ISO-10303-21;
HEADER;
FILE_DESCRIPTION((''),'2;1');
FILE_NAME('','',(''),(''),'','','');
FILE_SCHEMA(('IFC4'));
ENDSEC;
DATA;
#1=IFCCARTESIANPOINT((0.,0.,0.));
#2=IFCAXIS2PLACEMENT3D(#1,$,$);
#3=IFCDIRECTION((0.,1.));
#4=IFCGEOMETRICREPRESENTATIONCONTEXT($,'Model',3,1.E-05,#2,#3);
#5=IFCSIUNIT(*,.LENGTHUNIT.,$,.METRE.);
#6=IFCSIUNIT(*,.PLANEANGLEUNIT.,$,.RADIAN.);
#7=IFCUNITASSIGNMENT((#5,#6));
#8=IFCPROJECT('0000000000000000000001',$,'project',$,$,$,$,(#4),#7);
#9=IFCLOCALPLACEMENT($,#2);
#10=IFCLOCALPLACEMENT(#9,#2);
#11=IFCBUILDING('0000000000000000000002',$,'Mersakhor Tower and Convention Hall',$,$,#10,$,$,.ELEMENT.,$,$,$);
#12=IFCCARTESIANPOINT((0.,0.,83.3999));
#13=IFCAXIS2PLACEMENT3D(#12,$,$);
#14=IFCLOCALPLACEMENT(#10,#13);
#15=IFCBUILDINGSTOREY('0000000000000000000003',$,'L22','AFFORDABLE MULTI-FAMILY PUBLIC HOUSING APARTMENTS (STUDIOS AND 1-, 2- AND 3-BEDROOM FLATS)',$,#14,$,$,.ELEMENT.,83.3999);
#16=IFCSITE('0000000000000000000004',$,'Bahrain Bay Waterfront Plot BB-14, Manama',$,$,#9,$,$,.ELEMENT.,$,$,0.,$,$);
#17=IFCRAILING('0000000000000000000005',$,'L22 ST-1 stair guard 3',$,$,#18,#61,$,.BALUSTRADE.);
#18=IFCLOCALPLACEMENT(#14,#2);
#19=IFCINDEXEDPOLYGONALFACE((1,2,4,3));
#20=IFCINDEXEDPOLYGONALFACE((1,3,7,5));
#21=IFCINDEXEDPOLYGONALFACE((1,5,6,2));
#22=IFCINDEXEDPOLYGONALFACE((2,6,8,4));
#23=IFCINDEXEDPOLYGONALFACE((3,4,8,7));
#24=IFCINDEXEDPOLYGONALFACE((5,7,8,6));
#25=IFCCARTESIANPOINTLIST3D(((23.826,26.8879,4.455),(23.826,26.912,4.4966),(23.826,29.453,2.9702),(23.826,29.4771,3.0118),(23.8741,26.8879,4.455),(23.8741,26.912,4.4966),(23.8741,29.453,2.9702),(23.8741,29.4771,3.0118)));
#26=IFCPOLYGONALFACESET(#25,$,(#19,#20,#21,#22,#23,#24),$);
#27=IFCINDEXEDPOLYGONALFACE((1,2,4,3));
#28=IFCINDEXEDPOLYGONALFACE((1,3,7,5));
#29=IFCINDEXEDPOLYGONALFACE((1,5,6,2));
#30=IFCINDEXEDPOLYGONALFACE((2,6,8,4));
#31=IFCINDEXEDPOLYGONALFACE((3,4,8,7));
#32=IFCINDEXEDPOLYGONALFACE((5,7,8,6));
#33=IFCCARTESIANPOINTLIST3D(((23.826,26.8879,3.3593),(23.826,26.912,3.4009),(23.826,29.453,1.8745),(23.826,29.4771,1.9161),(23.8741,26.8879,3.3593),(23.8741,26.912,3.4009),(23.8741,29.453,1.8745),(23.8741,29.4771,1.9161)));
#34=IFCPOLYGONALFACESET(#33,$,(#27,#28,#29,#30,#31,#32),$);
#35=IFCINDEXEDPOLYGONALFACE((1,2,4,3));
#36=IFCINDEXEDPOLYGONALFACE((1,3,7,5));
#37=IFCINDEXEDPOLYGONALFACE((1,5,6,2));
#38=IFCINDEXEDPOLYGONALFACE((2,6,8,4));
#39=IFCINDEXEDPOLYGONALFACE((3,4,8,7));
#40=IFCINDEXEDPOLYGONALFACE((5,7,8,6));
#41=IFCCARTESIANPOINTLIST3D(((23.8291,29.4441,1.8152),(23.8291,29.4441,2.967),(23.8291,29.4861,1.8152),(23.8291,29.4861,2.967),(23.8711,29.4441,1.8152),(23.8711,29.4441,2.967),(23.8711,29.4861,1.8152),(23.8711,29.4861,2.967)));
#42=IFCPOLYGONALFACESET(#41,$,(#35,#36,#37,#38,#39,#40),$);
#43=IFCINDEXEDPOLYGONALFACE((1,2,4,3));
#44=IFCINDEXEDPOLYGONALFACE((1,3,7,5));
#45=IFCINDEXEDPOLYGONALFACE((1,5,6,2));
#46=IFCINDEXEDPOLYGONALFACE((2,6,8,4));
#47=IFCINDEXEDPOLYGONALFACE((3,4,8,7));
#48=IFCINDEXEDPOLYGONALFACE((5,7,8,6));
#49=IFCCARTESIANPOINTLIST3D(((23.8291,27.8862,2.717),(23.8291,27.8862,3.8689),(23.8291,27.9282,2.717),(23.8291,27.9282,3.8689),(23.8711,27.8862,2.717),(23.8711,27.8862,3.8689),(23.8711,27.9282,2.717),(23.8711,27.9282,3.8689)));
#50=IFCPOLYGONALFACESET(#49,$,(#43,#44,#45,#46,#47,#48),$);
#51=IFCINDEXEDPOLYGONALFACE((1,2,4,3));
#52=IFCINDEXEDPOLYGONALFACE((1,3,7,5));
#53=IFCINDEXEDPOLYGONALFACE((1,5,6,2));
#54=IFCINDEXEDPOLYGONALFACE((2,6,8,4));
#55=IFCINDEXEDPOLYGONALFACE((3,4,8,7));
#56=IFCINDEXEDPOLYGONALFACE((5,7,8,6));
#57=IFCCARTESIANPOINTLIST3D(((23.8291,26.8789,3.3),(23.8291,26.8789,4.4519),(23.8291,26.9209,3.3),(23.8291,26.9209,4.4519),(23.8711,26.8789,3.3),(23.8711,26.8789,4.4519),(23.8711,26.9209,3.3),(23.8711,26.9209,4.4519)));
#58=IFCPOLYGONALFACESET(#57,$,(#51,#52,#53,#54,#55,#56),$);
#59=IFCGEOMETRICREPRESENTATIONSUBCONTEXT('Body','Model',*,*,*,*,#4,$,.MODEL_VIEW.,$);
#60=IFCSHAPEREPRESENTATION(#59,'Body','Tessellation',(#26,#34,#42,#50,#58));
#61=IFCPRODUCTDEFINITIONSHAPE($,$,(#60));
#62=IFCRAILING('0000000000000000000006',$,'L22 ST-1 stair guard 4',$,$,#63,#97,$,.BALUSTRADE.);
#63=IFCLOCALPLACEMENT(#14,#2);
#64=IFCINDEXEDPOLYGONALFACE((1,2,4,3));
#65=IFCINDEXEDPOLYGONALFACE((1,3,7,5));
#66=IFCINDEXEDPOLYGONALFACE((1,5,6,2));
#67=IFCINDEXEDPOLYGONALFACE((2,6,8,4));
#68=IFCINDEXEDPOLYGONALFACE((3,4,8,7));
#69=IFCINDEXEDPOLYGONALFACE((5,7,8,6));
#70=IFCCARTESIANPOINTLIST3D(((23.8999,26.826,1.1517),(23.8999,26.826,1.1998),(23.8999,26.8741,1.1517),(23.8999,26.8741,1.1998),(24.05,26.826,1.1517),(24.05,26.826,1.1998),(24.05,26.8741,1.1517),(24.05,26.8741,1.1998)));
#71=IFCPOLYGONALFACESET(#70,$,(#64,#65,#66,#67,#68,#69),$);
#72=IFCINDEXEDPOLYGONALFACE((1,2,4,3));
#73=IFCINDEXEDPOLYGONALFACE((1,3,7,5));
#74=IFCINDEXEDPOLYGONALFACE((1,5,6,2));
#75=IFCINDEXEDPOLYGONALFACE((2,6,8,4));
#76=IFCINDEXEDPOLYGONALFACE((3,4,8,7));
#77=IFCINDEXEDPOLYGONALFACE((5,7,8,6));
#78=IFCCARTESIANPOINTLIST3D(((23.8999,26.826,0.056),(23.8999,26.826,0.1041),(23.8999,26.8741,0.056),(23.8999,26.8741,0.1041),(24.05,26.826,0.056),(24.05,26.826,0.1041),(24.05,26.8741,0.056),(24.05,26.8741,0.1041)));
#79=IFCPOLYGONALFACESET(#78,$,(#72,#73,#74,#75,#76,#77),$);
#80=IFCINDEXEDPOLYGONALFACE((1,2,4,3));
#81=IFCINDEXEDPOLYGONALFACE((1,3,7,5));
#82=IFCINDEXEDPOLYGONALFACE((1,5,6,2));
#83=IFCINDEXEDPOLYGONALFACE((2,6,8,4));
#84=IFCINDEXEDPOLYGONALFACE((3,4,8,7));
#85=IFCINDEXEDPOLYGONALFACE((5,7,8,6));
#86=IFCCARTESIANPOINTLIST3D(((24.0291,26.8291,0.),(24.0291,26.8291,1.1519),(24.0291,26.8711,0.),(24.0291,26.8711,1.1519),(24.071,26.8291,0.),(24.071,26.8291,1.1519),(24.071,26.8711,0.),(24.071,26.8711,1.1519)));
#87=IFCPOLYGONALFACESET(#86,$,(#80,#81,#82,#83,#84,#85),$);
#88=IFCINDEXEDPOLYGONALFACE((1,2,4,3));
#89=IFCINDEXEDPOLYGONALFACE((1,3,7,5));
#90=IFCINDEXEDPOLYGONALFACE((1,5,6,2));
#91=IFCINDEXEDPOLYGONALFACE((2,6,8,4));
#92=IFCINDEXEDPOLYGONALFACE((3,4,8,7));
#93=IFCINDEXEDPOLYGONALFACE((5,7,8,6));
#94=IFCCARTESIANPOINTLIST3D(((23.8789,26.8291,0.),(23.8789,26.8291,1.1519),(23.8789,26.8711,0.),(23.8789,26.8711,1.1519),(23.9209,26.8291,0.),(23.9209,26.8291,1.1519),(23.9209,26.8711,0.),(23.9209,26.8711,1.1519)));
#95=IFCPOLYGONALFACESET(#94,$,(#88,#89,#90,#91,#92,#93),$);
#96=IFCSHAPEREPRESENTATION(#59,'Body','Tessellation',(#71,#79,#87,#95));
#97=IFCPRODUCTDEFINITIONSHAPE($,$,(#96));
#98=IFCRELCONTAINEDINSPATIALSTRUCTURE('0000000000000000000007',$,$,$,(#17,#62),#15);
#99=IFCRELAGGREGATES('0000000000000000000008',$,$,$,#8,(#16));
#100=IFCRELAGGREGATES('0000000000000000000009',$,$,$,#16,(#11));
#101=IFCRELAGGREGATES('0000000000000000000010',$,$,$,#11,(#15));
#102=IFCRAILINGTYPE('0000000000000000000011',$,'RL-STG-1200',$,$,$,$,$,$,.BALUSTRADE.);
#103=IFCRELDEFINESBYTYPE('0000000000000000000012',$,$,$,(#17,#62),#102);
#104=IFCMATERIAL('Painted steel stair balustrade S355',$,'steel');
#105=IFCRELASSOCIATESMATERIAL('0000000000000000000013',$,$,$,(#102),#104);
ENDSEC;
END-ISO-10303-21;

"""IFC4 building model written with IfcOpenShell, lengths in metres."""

from ifc_helpers import new_model, si_unit, direction, frame, origin, origin_2d, place, context, subcontext, project, spatial, rectangle, extrude, material, type_object, element, save


model = new_model("IFC4")

# Units and contexts
model_context = context("Model", 3, precision=1e-05, world=origin(), true_north=direction((0.0, 1.0)))
body_context = subcontext(model_context, "Body", "Model", "MODEL_VIEW")
ifc_project = project(units=[si_unit("LENGTHUNIT", "METRE"), si_unit("PLANEANGLEUNIT", "RADIAN")], contexts=[model_context])

# Site, building, storey
site_placement = place(None, origin())
site = spatial("IfcSite", under=ifc_project, at=site_placement, Name="Bahrain Bay Waterfront Plot BB-14, Manama", CompositionType="ELEMENT", RefElevation=0.0)
building_placement = place(site_placement, origin())
building = spatial("IfcBuilding", under=site, at=building_placement, Name="Mersakhor Tower and Convention Hall", CompositionType="ELEMENT")
storey_placement = place(building_placement, frame((0.0, 0.0, 83.3999)))
storey = spatial("IfcBuildingStorey", under=building, at=storey_placement, Name="L22", Description="AFFORDABLE MULTI-FAMILY PUBLIC HOUSING APARTMENTS (STUDIOS AND 1-, 2- AND 3-BEDROOM FLATS)", CompositionType="ELEMENT", Elevation=83.3999)

# Railings
ifc_material_1 = material(Name="Painted steel stair balustrade S355", Category="steel")
railing_type_1 = type_object("IfcRailingType", Name="RL-STG-1200", PredefinedType="BALUSTRADE", material=ifc_material_1)
railing_1_placement = place(storey_placement, frame((23.8501, 29.4651, 1.8152)))
element("IfcRailing", 1, at=railing_1_placement, inside=storey, type_object=railing_type_1, Name="L22 ST-1 stair guard 3", PredefinedType="BALUSTRADE", context=body_context, shape_type="SweptSolid", body=[
    extrude(rectangle(XDim=0.0481, YDim=0.0481, at=origin_2d()), frame((0.0, 0.0, 1.1758), z_axis=(0.0, -0.865462, 0.500975), x_axis=(1.0, 0.0, 0.0)), (0.0, 0.0, 1.0), 2.9639),
    extrude(rectangle(XDim=0.0481, YDim=0.0481, at=origin_2d()), frame((0.0, 0.0, 0.0801), z_axis=(0.0, -0.865462, 0.500975), x_axis=(1.0, 0.0, 0.0)), (0.0, 0.0, 1.0), 2.9639),
    extrude(rectangle(XDim=0.042, YDim=0.042, at=origin_2d()), origin(), (0.0, 0.0, 1.0), 1.1519),
    extrude(rectangle(XDim=0.042, YDim=0.042, at=origin_2d()), frame((0.0, -1.5579, 0.9019)), (0.0, 0.0, 1.0), 1.1519),
    extrude(rectangle(XDim=0.042, YDim=0.042, at=origin_2d()), frame((0.0, -2.5652, 1.4849)), (0.0, 0.0, 1.0), 1.1519),
])
railing_2_placement = place(storey_placement, frame((24.05, 26.8501, 0.0)))
element("IfcRailing", 2, at=railing_2_placement, inside=storey, type_object=railing_type_1, Name="L22 ST-1 stair guard 4", PredefinedType="BALUSTRADE", context=body_context, shape_type="SweptSolid", body=[
    extrude(rectangle(XDim=0.0481, YDim=0.0481, at=origin_2d()), frame((0.0, 0.0, 1.1758), z_axis=(-1.0, 0.0, 0.0), x_axis=(0.0, -1.0, 0.0)), (0.0, 0.0, 1.0), 0.1501),
    extrude(rectangle(XDim=0.0481, YDim=0.0481, at=origin_2d()), frame((0.0, 0.0, 0.0801), z_axis=(-1.0, 0.0, 0.0), x_axis=(0.0, -1.0, 0.0)), (0.0, 0.0, 1.0), 0.1501),
    extrude(rectangle(XDim=0.042, YDim=0.042, at=origin_2d()), origin(), (0.0, 0.0, 1.0), 1.1519),
    extrude(rectangle(XDim=0.042, YDim=0.042, at=origin_2d()), frame((-0.1501, 0.0, 0.0)), (0.0, 0.0, 1.0), 1.1519),
])

save(model, "model.ifc")
